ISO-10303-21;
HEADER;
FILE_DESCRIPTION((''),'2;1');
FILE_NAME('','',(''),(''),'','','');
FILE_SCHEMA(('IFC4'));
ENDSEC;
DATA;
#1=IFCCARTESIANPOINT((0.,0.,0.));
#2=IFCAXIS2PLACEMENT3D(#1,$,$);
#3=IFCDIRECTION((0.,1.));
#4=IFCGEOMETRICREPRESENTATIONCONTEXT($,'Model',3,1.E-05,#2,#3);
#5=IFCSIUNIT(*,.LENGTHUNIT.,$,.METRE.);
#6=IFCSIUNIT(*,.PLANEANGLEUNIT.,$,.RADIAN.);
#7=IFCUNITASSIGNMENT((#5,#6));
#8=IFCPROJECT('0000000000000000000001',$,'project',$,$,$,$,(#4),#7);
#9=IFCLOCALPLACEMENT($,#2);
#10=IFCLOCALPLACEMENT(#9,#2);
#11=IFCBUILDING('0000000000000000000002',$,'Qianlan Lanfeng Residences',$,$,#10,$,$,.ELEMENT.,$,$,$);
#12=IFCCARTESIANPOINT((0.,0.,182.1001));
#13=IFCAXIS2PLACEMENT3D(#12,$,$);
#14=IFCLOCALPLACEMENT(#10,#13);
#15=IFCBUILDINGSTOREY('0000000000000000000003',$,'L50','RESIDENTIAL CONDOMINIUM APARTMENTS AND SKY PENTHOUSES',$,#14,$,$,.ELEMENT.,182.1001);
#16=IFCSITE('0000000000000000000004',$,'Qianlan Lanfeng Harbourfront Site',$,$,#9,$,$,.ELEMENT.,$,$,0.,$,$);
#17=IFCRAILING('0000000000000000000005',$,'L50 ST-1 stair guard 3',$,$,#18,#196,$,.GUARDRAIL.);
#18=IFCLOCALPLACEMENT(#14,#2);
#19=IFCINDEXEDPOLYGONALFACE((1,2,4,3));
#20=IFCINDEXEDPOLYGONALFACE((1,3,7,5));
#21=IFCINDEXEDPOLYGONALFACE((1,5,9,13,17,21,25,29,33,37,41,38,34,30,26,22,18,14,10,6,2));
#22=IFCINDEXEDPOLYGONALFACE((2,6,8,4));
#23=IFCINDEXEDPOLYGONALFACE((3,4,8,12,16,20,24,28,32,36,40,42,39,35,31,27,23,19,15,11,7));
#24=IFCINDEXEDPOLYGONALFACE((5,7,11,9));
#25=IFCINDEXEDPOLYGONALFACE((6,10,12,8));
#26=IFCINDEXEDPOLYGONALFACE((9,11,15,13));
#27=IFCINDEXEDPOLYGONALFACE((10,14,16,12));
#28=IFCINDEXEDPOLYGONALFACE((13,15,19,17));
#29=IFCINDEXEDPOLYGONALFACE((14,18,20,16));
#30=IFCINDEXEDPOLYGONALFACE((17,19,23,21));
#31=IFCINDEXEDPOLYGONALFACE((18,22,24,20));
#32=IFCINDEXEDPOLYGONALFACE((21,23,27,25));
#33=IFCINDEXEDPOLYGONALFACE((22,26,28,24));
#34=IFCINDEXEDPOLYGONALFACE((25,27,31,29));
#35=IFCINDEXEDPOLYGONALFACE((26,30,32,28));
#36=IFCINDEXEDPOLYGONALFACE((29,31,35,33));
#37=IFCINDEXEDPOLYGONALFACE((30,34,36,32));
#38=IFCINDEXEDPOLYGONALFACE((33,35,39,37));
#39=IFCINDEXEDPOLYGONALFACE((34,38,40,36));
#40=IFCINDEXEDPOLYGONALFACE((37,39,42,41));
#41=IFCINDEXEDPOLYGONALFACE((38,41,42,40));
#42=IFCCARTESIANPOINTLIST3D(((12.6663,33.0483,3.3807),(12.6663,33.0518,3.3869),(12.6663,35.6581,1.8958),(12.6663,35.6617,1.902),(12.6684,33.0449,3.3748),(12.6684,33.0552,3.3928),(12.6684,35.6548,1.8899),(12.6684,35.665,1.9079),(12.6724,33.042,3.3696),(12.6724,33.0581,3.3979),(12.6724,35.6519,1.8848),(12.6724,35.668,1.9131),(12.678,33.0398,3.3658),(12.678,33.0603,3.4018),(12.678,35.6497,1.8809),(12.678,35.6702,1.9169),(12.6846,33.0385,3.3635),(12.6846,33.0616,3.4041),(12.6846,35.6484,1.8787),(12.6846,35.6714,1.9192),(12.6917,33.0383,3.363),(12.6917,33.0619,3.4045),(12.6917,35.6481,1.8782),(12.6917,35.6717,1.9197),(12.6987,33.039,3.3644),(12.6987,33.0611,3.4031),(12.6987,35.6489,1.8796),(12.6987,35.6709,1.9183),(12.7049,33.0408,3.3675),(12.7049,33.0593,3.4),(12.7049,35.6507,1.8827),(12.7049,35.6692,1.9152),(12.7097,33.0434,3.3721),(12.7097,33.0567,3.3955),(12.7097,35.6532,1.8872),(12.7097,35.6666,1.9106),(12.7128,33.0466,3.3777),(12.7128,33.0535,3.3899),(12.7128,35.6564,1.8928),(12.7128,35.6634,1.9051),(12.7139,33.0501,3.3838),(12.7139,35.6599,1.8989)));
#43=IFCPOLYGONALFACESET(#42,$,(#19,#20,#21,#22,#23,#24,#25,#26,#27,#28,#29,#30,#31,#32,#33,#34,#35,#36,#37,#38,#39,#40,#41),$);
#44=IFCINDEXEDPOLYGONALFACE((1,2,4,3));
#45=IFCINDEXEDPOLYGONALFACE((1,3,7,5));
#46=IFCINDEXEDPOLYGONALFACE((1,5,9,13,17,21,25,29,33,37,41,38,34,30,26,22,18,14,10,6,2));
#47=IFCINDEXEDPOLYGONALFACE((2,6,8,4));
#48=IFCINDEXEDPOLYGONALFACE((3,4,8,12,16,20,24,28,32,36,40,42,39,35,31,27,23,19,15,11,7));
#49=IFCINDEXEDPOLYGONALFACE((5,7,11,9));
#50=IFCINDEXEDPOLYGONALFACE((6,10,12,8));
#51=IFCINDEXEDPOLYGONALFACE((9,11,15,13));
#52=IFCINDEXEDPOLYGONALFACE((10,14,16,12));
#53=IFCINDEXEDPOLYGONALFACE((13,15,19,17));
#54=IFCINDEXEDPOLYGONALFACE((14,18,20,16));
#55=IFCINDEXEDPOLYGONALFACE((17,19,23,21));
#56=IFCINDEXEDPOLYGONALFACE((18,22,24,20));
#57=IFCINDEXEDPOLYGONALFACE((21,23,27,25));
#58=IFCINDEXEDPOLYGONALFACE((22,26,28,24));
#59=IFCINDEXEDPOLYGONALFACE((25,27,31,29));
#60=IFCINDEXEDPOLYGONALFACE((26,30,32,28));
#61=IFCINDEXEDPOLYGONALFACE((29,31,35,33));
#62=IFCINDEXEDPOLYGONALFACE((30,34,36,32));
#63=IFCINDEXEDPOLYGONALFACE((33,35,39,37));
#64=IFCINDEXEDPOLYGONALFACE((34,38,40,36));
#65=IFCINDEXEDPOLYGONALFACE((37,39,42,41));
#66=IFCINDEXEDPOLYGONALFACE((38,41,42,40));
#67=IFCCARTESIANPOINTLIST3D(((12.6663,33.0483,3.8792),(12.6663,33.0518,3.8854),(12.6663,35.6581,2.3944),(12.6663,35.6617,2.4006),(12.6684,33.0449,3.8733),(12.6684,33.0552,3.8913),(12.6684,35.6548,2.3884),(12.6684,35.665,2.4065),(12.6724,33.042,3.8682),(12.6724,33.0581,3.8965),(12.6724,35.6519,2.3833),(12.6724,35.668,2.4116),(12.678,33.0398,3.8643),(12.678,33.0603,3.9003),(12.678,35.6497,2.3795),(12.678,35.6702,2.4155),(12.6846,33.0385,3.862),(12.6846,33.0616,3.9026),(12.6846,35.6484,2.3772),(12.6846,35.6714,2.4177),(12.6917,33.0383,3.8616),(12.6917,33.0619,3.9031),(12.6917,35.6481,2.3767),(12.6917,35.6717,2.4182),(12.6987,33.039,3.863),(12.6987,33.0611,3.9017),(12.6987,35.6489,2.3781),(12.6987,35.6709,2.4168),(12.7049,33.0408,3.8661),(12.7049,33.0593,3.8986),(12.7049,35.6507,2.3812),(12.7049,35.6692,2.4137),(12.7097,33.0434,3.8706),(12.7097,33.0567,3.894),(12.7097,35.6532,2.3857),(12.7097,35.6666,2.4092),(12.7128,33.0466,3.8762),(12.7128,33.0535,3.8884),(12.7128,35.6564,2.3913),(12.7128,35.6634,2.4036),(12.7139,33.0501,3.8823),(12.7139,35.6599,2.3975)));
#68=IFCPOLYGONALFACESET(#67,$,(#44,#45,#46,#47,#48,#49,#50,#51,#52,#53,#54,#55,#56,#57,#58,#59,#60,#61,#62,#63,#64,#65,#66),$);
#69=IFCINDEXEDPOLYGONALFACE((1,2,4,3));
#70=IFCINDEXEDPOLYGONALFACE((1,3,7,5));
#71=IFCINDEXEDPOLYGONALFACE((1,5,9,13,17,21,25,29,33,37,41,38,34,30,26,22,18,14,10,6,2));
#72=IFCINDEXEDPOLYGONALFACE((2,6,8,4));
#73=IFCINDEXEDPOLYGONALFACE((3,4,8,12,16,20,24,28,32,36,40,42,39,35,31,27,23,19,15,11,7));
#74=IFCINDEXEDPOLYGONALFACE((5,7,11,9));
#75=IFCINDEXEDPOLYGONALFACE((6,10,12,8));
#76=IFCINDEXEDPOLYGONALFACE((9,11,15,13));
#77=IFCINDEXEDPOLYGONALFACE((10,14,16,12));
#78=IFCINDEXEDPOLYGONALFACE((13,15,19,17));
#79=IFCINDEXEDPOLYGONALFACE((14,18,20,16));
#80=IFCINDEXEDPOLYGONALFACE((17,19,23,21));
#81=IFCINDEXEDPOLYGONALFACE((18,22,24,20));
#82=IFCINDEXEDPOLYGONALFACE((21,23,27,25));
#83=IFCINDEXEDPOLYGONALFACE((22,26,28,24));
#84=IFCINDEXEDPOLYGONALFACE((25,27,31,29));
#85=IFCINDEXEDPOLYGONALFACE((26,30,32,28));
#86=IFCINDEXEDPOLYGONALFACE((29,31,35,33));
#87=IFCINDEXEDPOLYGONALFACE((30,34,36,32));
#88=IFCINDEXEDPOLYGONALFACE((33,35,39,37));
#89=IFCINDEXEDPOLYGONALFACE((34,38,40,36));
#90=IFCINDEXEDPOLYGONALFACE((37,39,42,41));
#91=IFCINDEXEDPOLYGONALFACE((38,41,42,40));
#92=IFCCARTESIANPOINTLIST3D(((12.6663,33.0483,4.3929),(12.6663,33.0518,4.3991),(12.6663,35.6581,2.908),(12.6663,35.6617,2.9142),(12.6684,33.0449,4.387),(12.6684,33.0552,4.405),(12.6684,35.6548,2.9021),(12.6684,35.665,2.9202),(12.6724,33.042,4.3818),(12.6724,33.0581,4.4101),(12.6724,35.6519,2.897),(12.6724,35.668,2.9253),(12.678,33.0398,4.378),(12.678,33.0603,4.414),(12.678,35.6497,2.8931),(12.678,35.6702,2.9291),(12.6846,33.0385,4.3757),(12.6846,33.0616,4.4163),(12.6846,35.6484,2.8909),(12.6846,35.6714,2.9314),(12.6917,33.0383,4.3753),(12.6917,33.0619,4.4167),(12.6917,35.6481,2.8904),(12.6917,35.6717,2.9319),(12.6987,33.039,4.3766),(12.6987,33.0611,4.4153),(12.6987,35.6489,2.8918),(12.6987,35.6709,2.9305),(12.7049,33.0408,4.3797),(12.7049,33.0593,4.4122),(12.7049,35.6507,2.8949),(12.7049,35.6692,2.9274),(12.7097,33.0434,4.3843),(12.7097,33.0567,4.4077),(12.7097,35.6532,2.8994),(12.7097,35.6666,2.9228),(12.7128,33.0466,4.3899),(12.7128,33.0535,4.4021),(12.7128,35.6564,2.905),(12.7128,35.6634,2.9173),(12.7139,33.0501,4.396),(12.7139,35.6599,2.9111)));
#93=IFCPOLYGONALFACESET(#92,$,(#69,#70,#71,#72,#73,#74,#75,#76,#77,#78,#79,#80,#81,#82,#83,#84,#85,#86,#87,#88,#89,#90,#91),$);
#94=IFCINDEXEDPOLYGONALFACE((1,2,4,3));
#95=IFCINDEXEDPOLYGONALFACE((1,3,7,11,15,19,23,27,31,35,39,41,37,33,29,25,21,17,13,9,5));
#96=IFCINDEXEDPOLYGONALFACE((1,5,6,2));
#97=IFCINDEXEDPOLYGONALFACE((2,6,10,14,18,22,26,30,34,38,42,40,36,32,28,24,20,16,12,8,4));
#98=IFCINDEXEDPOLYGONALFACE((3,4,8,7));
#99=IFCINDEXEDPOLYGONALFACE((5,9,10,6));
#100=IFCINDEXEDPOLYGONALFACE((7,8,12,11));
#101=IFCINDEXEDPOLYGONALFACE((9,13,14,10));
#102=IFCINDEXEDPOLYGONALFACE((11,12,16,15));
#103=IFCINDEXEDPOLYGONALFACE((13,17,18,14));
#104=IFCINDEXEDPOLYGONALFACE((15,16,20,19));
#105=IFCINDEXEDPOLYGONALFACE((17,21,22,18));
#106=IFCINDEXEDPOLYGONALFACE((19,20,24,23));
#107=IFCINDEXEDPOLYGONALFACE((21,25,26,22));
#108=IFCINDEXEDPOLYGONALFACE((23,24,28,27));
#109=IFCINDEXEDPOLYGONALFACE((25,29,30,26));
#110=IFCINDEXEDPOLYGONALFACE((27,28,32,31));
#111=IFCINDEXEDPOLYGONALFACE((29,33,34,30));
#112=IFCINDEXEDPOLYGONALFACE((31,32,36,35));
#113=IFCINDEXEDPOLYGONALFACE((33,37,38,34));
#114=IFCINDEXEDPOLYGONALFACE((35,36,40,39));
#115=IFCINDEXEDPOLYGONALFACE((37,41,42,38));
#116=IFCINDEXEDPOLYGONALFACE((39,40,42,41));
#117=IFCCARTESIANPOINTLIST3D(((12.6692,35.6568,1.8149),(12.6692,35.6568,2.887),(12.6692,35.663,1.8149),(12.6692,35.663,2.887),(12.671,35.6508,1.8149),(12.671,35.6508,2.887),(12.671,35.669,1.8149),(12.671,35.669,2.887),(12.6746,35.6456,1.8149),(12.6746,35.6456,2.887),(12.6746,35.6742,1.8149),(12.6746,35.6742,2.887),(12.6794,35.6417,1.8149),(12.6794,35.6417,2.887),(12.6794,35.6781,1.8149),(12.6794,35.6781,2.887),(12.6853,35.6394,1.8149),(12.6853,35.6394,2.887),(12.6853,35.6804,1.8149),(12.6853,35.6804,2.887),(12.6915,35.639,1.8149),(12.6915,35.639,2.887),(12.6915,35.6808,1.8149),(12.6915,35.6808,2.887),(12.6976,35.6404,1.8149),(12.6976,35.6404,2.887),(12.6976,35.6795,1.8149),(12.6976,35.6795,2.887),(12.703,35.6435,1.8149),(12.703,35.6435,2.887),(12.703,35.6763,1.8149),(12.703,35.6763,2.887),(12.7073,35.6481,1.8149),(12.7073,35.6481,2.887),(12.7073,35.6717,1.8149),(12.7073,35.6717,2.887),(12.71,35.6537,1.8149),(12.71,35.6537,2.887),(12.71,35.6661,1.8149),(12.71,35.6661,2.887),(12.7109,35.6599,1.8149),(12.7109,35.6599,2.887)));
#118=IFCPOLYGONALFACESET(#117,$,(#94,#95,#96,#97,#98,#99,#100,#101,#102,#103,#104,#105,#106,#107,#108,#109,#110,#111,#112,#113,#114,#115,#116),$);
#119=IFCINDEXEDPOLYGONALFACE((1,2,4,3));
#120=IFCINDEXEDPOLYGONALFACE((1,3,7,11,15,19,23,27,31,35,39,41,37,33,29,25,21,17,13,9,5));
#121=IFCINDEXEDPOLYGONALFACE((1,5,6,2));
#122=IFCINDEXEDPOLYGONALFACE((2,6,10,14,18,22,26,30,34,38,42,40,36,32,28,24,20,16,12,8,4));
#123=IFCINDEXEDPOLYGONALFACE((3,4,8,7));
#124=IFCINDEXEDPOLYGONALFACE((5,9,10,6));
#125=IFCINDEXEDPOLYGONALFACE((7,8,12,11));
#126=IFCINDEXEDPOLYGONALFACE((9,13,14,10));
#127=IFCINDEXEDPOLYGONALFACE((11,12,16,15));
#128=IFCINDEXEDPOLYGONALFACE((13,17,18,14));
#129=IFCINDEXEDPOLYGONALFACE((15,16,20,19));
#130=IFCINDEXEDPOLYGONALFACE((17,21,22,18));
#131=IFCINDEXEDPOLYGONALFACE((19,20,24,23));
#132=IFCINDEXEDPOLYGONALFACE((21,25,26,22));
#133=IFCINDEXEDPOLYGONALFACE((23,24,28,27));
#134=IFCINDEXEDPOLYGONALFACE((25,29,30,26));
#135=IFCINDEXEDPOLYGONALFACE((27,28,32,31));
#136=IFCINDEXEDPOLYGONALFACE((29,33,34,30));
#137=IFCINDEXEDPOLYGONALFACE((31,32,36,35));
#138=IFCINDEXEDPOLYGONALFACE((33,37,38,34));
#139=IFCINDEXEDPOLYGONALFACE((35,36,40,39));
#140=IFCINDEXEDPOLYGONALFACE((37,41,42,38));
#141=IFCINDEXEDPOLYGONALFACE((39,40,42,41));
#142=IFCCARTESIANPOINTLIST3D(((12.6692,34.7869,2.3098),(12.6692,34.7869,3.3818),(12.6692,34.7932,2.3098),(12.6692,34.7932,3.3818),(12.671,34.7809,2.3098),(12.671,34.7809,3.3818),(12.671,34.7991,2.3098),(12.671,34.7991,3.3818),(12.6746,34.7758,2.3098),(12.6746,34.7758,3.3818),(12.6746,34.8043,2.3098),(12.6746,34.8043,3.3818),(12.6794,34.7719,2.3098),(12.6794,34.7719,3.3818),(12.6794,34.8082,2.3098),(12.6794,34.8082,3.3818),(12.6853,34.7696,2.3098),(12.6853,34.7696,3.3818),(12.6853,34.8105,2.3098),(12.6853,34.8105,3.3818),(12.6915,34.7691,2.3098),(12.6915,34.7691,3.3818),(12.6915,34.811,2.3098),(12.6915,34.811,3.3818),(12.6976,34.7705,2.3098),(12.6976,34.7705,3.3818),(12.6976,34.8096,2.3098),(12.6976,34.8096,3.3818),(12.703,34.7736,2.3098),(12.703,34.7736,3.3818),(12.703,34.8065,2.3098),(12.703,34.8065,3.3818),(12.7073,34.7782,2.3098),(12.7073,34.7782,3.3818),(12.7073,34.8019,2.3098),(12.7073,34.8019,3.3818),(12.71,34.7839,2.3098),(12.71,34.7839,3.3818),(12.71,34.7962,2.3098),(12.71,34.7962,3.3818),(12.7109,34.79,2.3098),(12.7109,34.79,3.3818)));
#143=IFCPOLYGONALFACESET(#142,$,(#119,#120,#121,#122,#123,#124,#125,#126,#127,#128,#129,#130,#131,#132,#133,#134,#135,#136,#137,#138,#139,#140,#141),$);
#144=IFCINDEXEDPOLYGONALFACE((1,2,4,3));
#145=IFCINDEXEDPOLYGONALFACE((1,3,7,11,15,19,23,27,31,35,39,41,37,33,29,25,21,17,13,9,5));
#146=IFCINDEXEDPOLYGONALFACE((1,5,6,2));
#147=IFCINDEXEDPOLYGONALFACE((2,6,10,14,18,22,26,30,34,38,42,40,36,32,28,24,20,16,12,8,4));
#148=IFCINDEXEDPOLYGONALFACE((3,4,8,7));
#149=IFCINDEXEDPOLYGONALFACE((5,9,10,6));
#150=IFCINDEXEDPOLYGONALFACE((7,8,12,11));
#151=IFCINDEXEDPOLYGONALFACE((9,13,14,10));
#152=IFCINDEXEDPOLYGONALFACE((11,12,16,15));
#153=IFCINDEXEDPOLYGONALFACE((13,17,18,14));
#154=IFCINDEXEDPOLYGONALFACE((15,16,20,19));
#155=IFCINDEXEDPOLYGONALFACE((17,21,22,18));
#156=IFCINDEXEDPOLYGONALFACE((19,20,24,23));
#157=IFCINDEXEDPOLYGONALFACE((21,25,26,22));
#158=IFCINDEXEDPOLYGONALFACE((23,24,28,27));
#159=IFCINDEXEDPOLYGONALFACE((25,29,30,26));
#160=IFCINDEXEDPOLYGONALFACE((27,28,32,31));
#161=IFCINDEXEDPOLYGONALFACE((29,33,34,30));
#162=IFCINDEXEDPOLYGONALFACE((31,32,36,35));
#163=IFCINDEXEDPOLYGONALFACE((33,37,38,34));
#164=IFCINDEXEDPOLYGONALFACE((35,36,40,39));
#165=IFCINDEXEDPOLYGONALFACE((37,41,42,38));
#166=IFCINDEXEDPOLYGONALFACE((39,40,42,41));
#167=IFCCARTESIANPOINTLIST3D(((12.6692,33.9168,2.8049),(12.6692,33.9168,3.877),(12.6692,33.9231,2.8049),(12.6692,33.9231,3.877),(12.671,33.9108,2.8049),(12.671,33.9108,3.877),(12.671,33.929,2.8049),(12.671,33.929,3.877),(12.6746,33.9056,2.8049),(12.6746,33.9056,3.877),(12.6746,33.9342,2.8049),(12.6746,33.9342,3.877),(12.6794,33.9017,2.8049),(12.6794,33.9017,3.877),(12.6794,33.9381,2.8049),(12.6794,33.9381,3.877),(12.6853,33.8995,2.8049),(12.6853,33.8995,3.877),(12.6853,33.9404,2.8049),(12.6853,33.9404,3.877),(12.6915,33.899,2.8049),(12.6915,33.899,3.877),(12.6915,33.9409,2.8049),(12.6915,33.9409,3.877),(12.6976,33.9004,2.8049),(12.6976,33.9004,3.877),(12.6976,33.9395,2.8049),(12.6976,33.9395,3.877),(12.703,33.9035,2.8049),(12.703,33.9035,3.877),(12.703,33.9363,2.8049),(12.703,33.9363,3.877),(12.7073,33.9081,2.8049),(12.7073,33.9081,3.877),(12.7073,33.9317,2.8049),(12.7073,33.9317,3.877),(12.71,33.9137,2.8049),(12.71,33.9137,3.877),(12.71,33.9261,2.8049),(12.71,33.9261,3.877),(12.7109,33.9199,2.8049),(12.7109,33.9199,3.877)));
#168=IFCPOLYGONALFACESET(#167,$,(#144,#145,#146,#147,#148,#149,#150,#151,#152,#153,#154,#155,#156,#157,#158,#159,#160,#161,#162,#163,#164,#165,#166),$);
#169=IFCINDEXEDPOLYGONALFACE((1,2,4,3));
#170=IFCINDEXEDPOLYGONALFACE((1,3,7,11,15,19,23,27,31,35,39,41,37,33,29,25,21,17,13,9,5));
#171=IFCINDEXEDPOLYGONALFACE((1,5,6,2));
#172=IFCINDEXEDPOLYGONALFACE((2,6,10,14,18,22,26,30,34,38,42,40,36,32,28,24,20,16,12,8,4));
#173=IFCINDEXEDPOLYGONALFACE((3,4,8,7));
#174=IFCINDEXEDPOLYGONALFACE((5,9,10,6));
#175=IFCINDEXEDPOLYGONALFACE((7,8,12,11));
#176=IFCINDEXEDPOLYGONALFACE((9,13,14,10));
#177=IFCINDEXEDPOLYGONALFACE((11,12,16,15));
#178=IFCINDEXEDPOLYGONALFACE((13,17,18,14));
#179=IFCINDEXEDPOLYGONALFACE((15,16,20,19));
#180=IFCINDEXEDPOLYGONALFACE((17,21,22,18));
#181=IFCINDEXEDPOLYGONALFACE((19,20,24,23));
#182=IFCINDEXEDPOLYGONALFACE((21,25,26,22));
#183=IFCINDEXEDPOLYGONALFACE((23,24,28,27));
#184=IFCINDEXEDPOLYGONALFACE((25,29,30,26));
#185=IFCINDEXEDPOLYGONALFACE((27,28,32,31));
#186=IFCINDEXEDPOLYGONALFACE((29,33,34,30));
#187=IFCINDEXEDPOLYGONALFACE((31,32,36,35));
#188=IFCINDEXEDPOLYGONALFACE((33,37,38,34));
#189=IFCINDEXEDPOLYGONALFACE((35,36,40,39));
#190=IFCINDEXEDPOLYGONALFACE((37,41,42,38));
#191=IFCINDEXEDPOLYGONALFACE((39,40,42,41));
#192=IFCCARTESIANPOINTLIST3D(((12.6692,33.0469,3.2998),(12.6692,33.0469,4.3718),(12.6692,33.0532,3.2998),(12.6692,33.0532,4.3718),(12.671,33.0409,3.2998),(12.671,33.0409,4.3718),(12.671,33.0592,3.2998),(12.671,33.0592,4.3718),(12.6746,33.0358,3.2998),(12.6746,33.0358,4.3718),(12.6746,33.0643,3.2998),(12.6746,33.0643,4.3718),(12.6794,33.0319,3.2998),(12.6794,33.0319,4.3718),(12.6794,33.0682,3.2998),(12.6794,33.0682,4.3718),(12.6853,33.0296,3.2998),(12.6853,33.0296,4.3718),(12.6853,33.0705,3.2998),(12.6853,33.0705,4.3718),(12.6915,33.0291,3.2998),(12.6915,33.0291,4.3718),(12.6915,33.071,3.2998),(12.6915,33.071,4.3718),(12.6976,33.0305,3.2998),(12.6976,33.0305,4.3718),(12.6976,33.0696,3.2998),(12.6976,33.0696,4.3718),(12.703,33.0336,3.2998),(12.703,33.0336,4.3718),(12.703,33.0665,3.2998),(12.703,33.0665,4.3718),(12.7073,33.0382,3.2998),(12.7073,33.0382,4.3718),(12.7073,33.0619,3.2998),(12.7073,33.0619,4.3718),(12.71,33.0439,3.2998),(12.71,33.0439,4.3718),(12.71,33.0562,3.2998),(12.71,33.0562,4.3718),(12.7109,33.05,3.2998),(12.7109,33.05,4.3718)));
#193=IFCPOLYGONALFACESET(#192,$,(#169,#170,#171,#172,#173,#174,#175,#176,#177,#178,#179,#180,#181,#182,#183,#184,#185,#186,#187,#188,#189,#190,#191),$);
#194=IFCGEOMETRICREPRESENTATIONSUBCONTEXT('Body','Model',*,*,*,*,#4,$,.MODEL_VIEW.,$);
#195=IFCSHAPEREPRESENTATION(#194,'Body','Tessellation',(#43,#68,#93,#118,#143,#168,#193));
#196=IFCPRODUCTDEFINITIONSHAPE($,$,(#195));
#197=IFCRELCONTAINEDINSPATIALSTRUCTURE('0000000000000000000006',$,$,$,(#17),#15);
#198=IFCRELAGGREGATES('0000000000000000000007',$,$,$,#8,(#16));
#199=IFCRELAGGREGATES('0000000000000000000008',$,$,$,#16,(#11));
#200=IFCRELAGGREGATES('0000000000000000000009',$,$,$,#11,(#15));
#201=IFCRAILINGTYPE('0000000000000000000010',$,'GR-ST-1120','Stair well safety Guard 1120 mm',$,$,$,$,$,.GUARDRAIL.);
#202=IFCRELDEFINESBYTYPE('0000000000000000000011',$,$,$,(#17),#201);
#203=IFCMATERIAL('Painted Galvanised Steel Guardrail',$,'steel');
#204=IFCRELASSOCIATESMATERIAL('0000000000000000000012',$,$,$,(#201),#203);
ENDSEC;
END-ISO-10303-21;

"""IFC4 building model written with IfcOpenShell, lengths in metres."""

from ifc_helpers import new_model, si_unit, direction, frame, origin, origin_2d, place, context, subcontext, project, spatial, circle, extrude, material, type_object, element, save


model = new_model("IFC4")

# Units and contexts
model_context = context("Model", 3, precision=1e-05, world=origin(), true_north=direction((0.0, 1.0)))
body_context = subcontext(model_context, "Body", "Model", "MODEL_VIEW")
ifc_project = project(units=[si_unit("LENGTHUNIT", "METRE"), si_unit("PLANEANGLEUNIT", "RADIAN")], contexts=[model_context])

# Site, building, storey
site_placement = place(None, origin())
site = spatial("IfcSite", under=ifc_project, at=site_placement, Name="Qianlan Lanfeng Harbourfront Site", CompositionType="ELEMENT", RefElevation=0.0)
building_placement = place(site_placement, origin())
building = spatial("IfcBuilding", under=site, at=building_placement, Name="Qianlan Lanfeng Residences", CompositionType="ELEMENT")
storey_placement = place(building_placement, frame((0.0, 0.0, 182.1001)))
storey = spatial("IfcBuildingStorey", under=building, at=storey_placement, Name="L50", Description="RESIDENTIAL CONDOMINIUM APARTMENTS AND SKY PENTHOUSES", CompositionType="ELEMENT", Elevation=182.1001)

# Railing
ifc_material_1 = material(Name="Painted Galvanised Steel Guardrail", Category="steel")
railing_type_1 = type_object("IfcRailingType", Name="GR-ST-1120", Description="Stair well safety Guard 1120 mm", PredefinedType="GUARDRAIL", material=ifc_material_1)
railing_1_placement = place(storey_placement, frame((12.6899, 35.6599, 1.8149)))
element("IfcRailing", 1, at=railing_1_placement, inside=storey, type_object=railing_type_1, Name="L50 ST-1 stair guard 3", PredefinedType="GUARDRAIL", context=body_context, shape_type="SweptSolid", body=[
    extrude(circle(Radius=0.0239, at=origin_2d()), frame((0.0, 0.0, 0.084), z_axis=(0.0, -0.869172, 0.494509), x_axis=(1.0, 0.0, 0.0)), (0.0, 0.0, 1.0), 3.0027),
    extrude(circle(Radius=0.0239, at=origin_2d()), frame((0.0, 0.0, 0.5825), z_axis=(0.0, -0.869172, 0.494509), x_axis=(1.0, 0.0, 0.0)), (0.0, 0.0, 1.0), 3.0027),
    extrude(circle(Radius=0.0239, at=origin_2d()), frame((0.0, 0.0, 1.0962), z_axis=(0.0, -0.869172, 0.494509), x_axis=(1.0, 0.0, 0.0)), (0.0, 0.0, 1.0), 3.0027),
    extrude(circle(Radius=0.021, at=origin_2d()), origin(), (0.0, 0.0, 1.0), 1.072),
    extrude(circle(Radius=0.021, at=origin_2d()), frame((0.0, -0.8699, 0.4949)), (0.0, 0.0, 1.0), 1.072),
    extrude(circle(Radius=0.021, at=origin_2d()), frame((0.0, -1.74, 0.99)), (0.0, 0.0, 1.0), 1.072),
    extrude(circle(Radius=0.021, at=origin_2d()), frame((0.0, -2.6099, 1.4849)), (0.0, 0.0, 1.0), 1.072),
])

save(model, "model.ifc")
